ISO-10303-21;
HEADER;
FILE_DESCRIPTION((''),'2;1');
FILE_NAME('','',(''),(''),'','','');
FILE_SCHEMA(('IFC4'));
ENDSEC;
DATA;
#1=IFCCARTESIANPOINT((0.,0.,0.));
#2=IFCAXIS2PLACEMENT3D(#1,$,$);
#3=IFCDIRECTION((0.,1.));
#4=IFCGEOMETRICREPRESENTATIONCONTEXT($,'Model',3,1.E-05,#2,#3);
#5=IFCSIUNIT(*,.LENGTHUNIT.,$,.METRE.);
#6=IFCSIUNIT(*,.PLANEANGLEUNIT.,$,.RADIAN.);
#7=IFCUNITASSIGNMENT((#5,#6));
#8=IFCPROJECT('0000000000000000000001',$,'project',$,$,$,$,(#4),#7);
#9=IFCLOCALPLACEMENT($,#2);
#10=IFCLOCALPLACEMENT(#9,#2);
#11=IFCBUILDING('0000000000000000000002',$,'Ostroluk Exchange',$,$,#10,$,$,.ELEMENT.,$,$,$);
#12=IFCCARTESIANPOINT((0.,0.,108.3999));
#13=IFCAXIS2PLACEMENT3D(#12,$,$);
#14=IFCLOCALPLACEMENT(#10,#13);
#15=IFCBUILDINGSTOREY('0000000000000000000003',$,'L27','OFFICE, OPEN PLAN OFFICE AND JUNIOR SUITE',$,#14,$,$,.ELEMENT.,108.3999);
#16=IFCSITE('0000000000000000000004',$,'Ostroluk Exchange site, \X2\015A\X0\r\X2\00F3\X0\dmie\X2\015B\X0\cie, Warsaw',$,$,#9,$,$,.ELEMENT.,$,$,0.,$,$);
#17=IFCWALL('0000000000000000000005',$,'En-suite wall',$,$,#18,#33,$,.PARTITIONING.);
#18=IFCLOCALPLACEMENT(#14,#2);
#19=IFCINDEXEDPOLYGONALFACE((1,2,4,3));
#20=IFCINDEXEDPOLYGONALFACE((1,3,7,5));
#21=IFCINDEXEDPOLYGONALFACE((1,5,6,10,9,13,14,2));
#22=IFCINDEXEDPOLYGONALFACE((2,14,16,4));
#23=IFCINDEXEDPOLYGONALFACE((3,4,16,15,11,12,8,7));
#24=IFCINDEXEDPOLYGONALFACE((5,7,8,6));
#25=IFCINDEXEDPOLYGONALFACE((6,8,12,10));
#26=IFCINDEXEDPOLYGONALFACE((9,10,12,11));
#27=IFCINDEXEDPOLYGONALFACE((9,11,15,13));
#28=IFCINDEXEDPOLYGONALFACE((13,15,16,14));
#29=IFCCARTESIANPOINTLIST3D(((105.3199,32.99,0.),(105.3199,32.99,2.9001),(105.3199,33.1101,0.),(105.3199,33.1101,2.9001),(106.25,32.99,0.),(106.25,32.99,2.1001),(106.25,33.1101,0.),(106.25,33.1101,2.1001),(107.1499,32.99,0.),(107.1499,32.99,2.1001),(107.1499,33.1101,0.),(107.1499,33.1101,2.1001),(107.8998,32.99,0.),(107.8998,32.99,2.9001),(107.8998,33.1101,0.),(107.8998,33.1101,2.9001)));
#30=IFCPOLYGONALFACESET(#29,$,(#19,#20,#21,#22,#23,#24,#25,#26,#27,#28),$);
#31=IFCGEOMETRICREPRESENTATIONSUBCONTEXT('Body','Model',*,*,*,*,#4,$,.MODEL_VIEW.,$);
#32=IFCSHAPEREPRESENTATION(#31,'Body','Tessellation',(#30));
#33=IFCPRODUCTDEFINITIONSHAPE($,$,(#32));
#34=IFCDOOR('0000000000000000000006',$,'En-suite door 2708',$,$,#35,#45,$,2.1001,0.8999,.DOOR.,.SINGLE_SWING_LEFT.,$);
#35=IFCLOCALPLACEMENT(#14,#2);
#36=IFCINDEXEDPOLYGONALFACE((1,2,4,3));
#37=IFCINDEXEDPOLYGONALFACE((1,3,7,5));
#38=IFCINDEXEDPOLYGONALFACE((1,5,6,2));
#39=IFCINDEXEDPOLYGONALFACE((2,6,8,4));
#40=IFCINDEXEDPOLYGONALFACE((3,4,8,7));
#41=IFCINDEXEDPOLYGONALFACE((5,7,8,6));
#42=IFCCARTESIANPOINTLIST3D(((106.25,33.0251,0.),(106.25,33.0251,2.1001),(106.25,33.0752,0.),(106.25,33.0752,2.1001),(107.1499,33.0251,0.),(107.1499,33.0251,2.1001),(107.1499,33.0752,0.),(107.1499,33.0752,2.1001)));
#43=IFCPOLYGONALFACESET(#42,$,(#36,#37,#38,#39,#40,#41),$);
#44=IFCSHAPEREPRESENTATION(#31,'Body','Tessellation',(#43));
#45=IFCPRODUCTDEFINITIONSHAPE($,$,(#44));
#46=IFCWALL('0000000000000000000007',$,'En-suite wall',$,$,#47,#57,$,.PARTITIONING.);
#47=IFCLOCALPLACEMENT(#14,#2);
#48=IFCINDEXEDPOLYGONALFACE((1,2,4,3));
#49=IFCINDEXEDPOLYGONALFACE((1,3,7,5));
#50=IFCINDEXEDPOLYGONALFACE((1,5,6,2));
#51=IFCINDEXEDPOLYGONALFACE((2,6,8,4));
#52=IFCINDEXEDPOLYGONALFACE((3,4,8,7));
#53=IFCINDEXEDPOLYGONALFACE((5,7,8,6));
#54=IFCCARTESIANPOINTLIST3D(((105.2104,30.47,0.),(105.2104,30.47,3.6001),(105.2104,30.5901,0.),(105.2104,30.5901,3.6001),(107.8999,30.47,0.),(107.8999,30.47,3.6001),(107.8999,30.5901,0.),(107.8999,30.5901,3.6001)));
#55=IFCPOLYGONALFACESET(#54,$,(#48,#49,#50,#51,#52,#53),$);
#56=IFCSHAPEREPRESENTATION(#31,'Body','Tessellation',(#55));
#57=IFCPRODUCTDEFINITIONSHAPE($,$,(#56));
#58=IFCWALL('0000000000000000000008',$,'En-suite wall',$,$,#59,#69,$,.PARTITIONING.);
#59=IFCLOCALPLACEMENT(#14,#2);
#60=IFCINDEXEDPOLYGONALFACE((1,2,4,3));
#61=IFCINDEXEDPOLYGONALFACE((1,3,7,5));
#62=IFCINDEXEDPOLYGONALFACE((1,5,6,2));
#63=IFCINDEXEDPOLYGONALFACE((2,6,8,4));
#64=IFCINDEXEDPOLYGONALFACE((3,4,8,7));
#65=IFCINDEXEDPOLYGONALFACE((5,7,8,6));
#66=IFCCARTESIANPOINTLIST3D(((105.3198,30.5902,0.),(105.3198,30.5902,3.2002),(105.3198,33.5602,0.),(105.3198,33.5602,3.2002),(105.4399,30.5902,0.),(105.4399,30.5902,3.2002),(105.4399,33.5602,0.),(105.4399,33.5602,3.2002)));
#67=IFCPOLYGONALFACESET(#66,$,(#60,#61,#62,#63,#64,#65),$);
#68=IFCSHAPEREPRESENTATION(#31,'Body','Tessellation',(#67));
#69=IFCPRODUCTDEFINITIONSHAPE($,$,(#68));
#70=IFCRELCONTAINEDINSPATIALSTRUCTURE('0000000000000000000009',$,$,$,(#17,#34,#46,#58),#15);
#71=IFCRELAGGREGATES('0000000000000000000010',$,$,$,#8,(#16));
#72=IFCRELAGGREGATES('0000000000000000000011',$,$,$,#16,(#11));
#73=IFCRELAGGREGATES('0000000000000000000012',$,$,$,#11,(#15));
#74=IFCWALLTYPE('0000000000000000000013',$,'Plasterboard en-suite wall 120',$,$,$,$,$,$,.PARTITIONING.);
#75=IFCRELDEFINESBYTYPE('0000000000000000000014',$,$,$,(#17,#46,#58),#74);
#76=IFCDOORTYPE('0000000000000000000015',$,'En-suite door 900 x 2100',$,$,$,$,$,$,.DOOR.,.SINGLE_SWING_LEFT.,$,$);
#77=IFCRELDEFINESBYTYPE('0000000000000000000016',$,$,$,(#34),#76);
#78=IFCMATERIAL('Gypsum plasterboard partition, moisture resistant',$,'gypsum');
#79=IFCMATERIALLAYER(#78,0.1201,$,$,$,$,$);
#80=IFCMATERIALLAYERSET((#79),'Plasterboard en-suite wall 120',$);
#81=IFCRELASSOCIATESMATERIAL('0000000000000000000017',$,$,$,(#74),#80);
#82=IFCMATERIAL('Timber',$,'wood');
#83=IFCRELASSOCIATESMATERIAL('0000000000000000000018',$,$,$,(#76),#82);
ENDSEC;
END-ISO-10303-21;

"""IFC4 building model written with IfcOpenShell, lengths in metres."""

from ifc_helpers import new_model, si_unit, direction, frame, frame_2d, origin, place, context, subcontext, project, spatial, rectangle, extrude, material, layer, layer_set, type_object, element, fill, save


model = new_model("IFC4")

# Units and contexts
model_context = context("Model", 3, precision=1e-05, world=origin(), true_north=direction((0.0, 1.0)))
body_context = subcontext(model_context, "Body", "Model", "MODEL_VIEW")
ifc_project = project(units=[si_unit("LENGTHUNIT", "METRE"), si_unit("PLANEANGLEUNIT", "RADIAN")], contexts=[model_context])

# Site, building, storey
site_placement = place(None, origin())
site = spatial("IfcSite", under=ifc_project, at=site_placement, Name="Ostroluk Exchange site, Śródmieście, Warsaw", CompositionType="ELEMENT", RefElevation=0.0)
building_placement = place(site_placement, origin())
building = spatial("IfcBuilding", under=site, at=building_placement, Name="Ostroluk Exchange", CompositionType="ELEMENT")
storey_placement = place(building_placement, frame((0.0, 0.0, 108.3999)))
storey = spatial("IfcBuildingStorey", under=building, at=storey_placement, Name="L27", Description="OFFICE, OPEN PLAN OFFICE AND JUNIOR SUITE", CompositionType="ELEMENT", Elevation=108.3999)

# Wall, opening, door
ifc_material_1 = material(Name="Gypsum plasterboard partition, moisture resistant", Category="gypsum")
ifc_layer_1 = layer(ifc_material_1, 0.1201)
ifc_layer_set_1 = layer_set([ifc_layer_1], Name="Plasterboard en-suite wall 120")
wall_type_1 = type_object("IfcWallType", Name="Plasterboard en-suite wall 120", PredefinedType="PARTITIONING", material=ifc_layer_set_1)
wall_1_placement = place(storey_placement, frame((107.8999, 33.05, 0.0), z_axis=(0.0, 0.0, 1.0), x_axis=(-1.0, 0.0, 0.0)))
wall_1 = element("IfcWall", 1, at=wall_1_placement, inside=storey, type_object=wall_type_1, Name="En-suite wall", PredefinedType="PARTITIONING", context=body_context, shape_type="SweptSolid", body=[
    extrude(rectangle(XDim=2.5798, YDim=0.1201, at=frame_2d((1.29, 0.0))), origin(), (0.0, 0.0, 1.0), 2.9001),
])
opening_1_placement = place(wall_1_placement, frame((0.75, 0.0, 0.0)))
opening_1 = element("IfcOpeningElement", 2, at=opening_1_placement, cuts=wall_1, PredefinedType="OPENING", context=body_context, shape_type="SweptSolid", body=[
    extrude(rectangle(XDim=0.8999, YDim=2.1001, at=frame_2d((0.45, 1.05))), frame((0.0, 0.0701, 0.0), z_axis=(0.0, -1.0, 0.0), x_axis=(1.0, 0.0, 0.0)), (0.0, 0.0, 1.0), 0.1401),
])
ifc_material_2 = material(Name="Timber", Category="wood")
door_type_1 = type_object("IfcDoorType", Name="En-suite door 900 x 2100", OperationType="SINGLE_SWING_LEFT", PredefinedType="DOOR", material=ifc_material_2)
door_1_placement = place(opening_1_placement, origin())
door_1 = element("IfcDoor", 3, at=door_1_placement, inside=storey, type_object=door_type_1, Name="En-suite door 2708", OperationType="SINGLE_SWING_LEFT", OverallHeight=2.1001, OverallWidth=0.8999, PredefinedType="DOOR", context=body_context, shape_type="SweptSolid", body=[
    extrude(rectangle(XDim=0.8999, YDim=2.1001, at=frame_2d((0.45, 1.05))), frame((0.0, 0.0249, 0.0), z_axis=(0.0, -1.0, 0.0), x_axis=(1.0, 0.0, 0.0)), (0.0, 0.0, 1.0), 0.05),
])
fill(opening_1, door_1)

# Walls
wall_2_placement = place(storey_placement, frame((107.8999, 30.53, 0.0), z_axis=(0.0, 0.0, 1.0), x_axis=(-1.0, 0.0, 0.0)))
element("IfcWall", 4, at=wall_2_placement, inside=storey, type_object=wall_type_1, Name="En-suite wall", PredefinedType="PARTITIONING", context=body_context, shape_type="SweptSolid", body=[
    extrude(rectangle(XDim=2.6895, YDim=0.1201, at=frame_2d((1.3447, 0.0))), origin(), (0.0, 0.0, 1.0), 3.6001),
])
wall_3_placement = place(storey_placement, frame((105.3799, 33.5601, 0.0), z_axis=(0.0, 0.0, 1.0), x_axis=(0.0, -1.0, 0.0)))
element("IfcWall", 5, at=wall_3_placement, inside=storey, type_object=wall_type_1, Name="En-suite wall", PredefinedType="PARTITIONING", context=body_context, shape_type="SweptSolid", body=[
    extrude(rectangle(XDim=2.97, YDim=0.1201, at=frame_2d((1.4849, 0.0))), origin(), (0.0, 0.0, 1.0), 3.2002),
])

save(model, "model.ifc")
